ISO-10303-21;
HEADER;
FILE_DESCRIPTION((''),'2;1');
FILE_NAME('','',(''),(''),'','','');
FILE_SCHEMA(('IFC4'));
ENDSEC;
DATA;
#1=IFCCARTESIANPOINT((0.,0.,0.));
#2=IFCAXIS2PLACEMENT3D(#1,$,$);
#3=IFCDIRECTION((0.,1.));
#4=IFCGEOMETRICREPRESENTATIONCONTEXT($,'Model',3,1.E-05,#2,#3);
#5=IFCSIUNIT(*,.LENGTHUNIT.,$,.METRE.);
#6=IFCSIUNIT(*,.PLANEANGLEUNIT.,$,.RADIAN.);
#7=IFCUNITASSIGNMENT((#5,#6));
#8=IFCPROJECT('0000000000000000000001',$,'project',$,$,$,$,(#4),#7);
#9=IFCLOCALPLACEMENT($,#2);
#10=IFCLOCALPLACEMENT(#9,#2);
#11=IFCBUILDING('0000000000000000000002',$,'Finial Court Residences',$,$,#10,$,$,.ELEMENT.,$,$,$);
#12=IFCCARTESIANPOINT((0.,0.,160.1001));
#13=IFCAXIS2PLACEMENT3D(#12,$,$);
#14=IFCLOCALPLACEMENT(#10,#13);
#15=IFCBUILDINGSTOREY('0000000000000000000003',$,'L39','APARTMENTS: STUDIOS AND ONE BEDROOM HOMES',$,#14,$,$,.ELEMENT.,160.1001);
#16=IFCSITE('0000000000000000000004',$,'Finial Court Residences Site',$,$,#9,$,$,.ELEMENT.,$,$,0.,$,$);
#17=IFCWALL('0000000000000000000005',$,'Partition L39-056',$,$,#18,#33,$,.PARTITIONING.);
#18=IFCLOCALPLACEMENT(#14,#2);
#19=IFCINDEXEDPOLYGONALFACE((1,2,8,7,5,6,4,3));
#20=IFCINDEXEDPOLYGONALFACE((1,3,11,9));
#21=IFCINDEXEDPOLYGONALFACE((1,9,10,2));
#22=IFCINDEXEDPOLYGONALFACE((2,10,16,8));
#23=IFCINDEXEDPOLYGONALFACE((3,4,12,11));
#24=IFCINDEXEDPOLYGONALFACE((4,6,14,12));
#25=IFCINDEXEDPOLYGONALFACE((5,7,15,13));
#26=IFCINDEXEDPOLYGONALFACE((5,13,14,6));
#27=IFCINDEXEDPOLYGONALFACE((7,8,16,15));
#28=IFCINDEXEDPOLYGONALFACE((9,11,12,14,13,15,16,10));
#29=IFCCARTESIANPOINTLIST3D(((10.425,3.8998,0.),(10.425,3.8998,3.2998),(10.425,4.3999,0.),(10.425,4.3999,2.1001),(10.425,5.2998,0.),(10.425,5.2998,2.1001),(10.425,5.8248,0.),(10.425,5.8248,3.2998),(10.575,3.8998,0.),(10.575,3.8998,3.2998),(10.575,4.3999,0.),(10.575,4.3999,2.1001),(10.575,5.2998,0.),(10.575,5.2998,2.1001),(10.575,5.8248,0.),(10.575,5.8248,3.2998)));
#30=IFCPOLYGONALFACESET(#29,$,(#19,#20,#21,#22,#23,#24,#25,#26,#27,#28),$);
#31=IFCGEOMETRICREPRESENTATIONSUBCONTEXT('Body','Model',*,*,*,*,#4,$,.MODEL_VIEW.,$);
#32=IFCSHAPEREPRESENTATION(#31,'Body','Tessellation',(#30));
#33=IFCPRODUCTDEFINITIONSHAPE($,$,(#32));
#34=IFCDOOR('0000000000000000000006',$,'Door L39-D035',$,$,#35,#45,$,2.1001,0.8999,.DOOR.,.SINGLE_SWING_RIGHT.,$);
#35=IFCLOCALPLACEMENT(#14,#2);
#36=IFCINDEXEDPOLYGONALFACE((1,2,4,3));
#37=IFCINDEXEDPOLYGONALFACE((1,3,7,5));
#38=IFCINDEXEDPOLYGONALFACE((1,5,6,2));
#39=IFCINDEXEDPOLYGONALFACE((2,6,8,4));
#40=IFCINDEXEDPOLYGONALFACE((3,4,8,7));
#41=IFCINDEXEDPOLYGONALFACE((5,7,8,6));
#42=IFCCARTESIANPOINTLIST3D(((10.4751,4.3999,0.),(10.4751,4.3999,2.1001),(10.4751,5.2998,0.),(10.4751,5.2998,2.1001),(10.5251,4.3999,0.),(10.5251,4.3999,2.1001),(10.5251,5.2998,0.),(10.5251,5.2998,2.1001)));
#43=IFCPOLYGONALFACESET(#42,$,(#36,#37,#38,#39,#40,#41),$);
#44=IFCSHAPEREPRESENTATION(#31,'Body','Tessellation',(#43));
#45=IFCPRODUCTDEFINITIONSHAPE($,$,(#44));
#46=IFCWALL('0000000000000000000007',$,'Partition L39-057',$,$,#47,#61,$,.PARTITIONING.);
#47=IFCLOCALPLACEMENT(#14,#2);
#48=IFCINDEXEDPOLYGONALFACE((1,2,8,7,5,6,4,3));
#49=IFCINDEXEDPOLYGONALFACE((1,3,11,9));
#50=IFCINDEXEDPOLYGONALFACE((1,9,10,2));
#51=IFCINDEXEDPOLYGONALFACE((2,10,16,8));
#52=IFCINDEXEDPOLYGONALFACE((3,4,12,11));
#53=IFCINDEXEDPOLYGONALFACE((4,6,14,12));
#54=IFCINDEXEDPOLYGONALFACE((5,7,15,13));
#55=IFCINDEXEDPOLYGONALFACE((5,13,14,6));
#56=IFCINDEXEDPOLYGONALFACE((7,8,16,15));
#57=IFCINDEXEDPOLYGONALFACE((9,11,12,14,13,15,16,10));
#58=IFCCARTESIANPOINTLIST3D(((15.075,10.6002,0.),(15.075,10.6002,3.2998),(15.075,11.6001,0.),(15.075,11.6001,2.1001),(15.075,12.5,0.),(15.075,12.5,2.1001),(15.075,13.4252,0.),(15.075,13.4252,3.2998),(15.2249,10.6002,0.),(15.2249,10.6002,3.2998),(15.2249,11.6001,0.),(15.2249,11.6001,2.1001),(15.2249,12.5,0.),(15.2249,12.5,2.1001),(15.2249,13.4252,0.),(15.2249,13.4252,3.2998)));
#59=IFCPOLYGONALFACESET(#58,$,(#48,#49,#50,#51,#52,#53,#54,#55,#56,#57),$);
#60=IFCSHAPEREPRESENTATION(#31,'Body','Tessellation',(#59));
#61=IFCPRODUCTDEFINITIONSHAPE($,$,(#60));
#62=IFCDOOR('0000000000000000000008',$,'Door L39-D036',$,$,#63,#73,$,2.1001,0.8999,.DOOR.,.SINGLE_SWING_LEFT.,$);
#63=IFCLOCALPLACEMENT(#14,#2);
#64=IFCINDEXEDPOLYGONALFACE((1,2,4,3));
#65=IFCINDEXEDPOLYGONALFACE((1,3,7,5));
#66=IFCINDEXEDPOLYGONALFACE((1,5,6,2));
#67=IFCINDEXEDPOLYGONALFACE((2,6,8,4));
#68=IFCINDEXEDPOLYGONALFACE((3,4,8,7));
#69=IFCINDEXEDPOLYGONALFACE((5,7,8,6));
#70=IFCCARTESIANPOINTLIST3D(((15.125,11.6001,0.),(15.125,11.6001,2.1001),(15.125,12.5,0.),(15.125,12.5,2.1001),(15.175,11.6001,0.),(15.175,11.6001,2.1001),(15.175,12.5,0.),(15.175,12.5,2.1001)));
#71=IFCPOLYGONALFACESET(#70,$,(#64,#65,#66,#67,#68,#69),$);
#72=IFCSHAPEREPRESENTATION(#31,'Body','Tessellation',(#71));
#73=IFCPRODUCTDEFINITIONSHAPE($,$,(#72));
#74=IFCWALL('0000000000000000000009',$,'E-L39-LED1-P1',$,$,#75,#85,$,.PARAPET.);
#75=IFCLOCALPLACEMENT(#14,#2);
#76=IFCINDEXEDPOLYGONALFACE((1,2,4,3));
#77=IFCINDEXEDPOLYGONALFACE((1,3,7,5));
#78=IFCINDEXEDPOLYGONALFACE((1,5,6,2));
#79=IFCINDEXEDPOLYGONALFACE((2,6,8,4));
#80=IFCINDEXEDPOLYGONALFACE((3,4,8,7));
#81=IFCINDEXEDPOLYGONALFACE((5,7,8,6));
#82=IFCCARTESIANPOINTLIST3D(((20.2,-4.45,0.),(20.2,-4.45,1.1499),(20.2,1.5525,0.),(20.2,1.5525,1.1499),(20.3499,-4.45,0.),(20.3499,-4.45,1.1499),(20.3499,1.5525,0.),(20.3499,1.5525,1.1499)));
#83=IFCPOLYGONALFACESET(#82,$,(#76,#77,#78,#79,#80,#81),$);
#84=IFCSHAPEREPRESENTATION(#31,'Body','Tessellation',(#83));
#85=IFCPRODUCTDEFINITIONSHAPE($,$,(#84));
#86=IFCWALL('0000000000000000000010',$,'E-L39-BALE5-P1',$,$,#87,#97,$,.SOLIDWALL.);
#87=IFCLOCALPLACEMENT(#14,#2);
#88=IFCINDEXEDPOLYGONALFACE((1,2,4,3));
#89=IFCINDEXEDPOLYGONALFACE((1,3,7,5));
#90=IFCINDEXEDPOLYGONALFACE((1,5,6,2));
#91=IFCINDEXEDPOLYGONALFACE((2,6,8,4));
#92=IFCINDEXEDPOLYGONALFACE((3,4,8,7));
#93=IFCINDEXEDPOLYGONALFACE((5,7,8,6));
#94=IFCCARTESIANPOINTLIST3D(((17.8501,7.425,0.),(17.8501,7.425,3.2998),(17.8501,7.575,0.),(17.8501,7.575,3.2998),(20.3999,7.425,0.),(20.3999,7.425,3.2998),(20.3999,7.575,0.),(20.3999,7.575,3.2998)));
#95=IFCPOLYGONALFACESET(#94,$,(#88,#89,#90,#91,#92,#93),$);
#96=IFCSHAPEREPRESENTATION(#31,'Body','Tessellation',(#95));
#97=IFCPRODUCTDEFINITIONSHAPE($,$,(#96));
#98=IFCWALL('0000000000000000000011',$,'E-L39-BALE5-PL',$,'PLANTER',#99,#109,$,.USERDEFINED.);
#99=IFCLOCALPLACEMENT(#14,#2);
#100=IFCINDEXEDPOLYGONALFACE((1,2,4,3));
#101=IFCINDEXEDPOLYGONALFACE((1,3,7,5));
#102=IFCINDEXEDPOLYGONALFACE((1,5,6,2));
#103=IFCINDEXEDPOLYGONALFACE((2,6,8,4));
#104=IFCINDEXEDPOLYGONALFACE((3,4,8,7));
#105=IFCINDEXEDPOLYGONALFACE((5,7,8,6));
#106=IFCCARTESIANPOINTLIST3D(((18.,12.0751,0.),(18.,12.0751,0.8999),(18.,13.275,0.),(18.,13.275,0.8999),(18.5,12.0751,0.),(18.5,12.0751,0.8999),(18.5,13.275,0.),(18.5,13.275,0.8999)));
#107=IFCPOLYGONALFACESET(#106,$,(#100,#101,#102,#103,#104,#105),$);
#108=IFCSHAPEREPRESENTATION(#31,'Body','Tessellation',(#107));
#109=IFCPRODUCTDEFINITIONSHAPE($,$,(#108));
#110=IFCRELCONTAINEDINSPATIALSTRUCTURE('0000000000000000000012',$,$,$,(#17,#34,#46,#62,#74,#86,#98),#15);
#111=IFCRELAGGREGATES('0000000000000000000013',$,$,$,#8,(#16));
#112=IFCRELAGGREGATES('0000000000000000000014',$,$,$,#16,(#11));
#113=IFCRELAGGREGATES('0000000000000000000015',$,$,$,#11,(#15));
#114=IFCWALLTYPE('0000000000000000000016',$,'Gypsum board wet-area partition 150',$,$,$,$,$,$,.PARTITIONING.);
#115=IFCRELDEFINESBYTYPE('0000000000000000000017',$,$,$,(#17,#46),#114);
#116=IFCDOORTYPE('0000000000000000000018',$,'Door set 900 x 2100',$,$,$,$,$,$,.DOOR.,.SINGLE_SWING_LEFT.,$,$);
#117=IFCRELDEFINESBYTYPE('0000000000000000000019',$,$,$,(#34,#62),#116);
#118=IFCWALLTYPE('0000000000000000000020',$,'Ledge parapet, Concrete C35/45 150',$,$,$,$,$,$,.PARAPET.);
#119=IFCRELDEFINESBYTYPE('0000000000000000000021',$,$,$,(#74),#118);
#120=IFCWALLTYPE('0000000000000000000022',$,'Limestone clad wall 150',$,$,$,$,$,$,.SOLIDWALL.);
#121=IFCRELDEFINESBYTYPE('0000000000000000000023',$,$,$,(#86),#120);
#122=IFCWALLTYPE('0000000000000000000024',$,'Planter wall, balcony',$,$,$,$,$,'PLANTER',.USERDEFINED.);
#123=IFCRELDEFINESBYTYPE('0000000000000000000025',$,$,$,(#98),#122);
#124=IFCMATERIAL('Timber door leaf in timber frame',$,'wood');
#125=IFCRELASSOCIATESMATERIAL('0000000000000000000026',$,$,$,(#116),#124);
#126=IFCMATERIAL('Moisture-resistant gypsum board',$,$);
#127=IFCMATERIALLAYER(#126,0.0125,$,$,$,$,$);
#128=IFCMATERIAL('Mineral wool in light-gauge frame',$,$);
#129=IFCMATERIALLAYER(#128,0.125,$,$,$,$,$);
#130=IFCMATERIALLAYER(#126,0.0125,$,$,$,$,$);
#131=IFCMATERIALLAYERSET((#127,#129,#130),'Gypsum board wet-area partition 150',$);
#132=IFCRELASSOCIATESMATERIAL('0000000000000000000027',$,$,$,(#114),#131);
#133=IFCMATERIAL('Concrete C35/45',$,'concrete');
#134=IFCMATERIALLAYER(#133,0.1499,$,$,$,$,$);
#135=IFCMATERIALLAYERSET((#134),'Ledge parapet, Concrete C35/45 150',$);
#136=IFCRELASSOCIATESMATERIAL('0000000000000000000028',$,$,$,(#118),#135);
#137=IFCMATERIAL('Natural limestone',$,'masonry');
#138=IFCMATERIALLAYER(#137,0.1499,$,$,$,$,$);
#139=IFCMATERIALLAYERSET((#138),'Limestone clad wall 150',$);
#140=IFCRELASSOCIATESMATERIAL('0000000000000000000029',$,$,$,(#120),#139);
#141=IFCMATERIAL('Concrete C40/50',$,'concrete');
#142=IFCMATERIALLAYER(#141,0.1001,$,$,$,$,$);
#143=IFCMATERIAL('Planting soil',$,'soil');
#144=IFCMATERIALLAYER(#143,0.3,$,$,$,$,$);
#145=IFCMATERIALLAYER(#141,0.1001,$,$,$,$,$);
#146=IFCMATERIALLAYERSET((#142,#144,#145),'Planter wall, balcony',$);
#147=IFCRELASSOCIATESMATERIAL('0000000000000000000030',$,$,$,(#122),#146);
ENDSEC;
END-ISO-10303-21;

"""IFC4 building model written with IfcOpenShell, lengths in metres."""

from ifc_helpers import new_model, si_unit, direction, frame, frame_2d, origin, place, context, subcontext, project, spatial, rectangle, extrude, material, layer, layer_set, type_object, element, fill, save


model = new_model("IFC4")

# Units and contexts
model_context = context("Model", 3, precision=1e-05, world=origin(), true_north=direction((0.0, 1.0)))
body_context = subcontext(model_context, "Body", "Model", "MODEL_VIEW")
ifc_project = project(units=[si_unit("LENGTHUNIT", "METRE"), si_unit("PLANEANGLEUNIT", "RADIAN")], contexts=[model_context])

# Site, building, storey
site_placement = place(None, origin())
site = spatial("IfcSite", under=ifc_project, at=site_placement, Name="Finial Court Residences Site", CompositionType="ELEMENT", RefElevation=0.0)
building_placement = place(site_placement, origin())
building = spatial("IfcBuilding", under=site, at=building_placement, Name="Finial Court Residences", CompositionType="ELEMENT")
storey_placement = place(building_placement, frame((0.0, 0.0, 160.1001)))
storey = spatial("IfcBuildingStorey", under=building, at=storey_placement, Name="L39", Description="APARTMENTS: STUDIOS AND ONE BEDROOM HOMES", CompositionType="ELEMENT", Elevation=160.1001)

# Walls, openings, doors
ifc_material_1 = material(Name="Mineral wool in light-gauge frame")
ifc_material_2 = material(Name="Timber door leaf in timber frame", Category="wood")
door_type_1 = type_object("IfcDoorType", Name="Door set 900 x 2100", OperationType="SINGLE_SWING_LEFT", PredefinedType="DOOR", material=ifc_material_2)
ifc_material_3 = material(Name="Moisture-resistant gypsum board")
ifc_layer_1 = layer(ifc_material_3, 0.0125)
ifc_layer_2 = layer(ifc_material_1, 0.125)
ifc_layer_3 = layer(ifc_material_3, 0.0125)
ifc_layer_set_1 = layer_set([ifc_layer_1, ifc_layer_2, ifc_layer_3], Name="Gypsum board wet-area partition 150")
wall_type_1 = type_object("IfcWallType", Name="Gypsum board wet-area partition 150", PredefinedType="PARTITIONING", material=ifc_layer_set_1)
wall_1_placement = place(storey_placement, frame((10.5, 3.8999, 0.0), z_axis=(0.0, 0.0, 1.0), x_axis=(0.0, 1.0, 0.0)))
wall_1 = element("IfcWall", 1, at=wall_1_placement, inside=storey, type_object=wall_type_1, Name="Partition L39-056", PredefinedType="PARTITIONING", context=body_context, shape_type="SweptSolid", body=[
    extrude(rectangle(XDim=1.925, YDim=0.1499, at=frame_2d((0.9624, 0.0))), origin(), (0.0, 0.0, 1.0), 3.2998),
])
opening_1_placement = place(wall_1_placement, frame((0.5, 0.0, 0.0)))
opening_1 = element("IfcOpeningElement", 2, at=opening_1_placement, cuts=wall_1, PredefinedType="OPENING", context=body_context, shape_type="SweptSolid", body=[
    extrude(rectangle(XDim=0.8999, YDim=2.1001, at=frame_2d((0.45, 1.05))), frame((0.0, 0.085, 0.0), z_axis=(0.0, -1.0, 0.0), x_axis=(1.0, 0.0, 0.0)), (0.0, 0.0, 1.0), 0.1699),
])
door_1_placement = place(opening_1_placement, origin())
door_1 = element("IfcDoor", 3, at=door_1_placement, inside=storey, type_object=door_type_1, Name="Door L39-D035", OperationType="SINGLE_SWING_RIGHT", OverallHeight=2.1001, OverallWidth=0.8999, PredefinedType="DOOR", context=body_context, shape_type="SweptSolid", body=[
    extrude(rectangle(XDim=0.8999, YDim=2.1001, at=frame_2d((0.45, 1.05))), frame((0.0, 0.0249, 0.0), z_axis=(0.0, -1.0, 0.0), x_axis=(1.0, 0.0, 0.0)), (0.0, 0.0, 1.0), 0.05),
])
fill(opening_1, door_1)
wall_2_placement = place(storey_placement, frame((15.1499, 10.6001, 0.0), z_axis=(0.0, 0.0, 1.0), x_axis=(0.0, 1.0, 0.0)))
wall_2 = element("IfcWall", 4, at=wall_2_placement, inside=storey, type_object=wall_type_1, Name="Partition L39-057", PredefinedType="PARTITIONING", context=body_context, shape_type="SweptSolid", body=[
    extrude(rectangle(XDim=2.825, YDim=0.1499, at=frame_2d((1.4126, 0.0))), origin(), (0.0, 0.0, 1.0), 3.2998),
])
opening_2_placement = place(wall_2_placement, frame((1.0, 0.0, 0.0)))
opening_2 = element("IfcOpeningElement", 5, at=opening_2_placement, cuts=wall_2, PredefinedType="OPENING", context=body_context, shape_type="SweptSolid", body=[
    extrude(rectangle(XDim=0.8999, YDim=2.1001, at=frame_2d((0.45, 1.05))), frame((0.0, 0.085, 0.0), z_axis=(0.0, -1.0, 0.0), x_axis=(1.0, 0.0, 0.0)), (0.0, 0.0, 1.0), 0.1699),
])
door_2_placement = place(opening_2_placement, origin())
door_2 = element("IfcDoor", 6, at=door_2_placement, inside=storey, type_object=door_type_1, Name="Door L39-D036", OperationType="SINGLE_SWING_LEFT", OverallHeight=2.1001, OverallWidth=0.8999, PredefinedType="DOOR", context=body_context, shape_type="SweptSolid", body=[
    extrude(rectangle(XDim=0.8999, YDim=2.1001, at=frame_2d((0.45, 1.05))), frame((0.0, 0.0249, 0.0), z_axis=(0.0, -1.0, 0.0), x_axis=(1.0, 0.0, 0.0)), (0.0, 0.0, 1.0), 0.05),
])
fill(opening_2, door_2)

# Walls
ifc_material_4 = material(Name="Concrete C35/45", Category="concrete")
ifc_layer_4 = layer(ifc_material_4, 0.1499)
ifc_layer_set_2 = layer_set([ifc_layer_4], Name="Ledge parapet, Concrete C35/45 150")
wall_type_2 = type_object("IfcWallType", Name="Ledge parapet, Concrete C35/45 150", PredefinedType="PARAPET", material=ifc_layer_set_2)
wall_3_placement = place(storey_placement, frame((20.2749, 1.5525, 0.0), z_axis=(0.0, 0.0, 1.0), x_axis=(0.0, -1.0, 0.0)))
element("IfcWall", 7, at=wall_3_placement, inside=storey, type_object=wall_type_2, Name="E-L39-LED1-P1", PredefinedType="PARAPET", context=body_context, shape_type="SweptSolid", body=[
    extrude(rectangle(XDim=6.0024, YDim=0.1499, at=frame_2d((3.0012, 0.0))), origin(), (0.0, 0.0, 1.0), 1.1499),
])
ifc_material_5 = material(Name="Natural limestone", Category="masonry")
ifc_layer_5 = layer(ifc_material_5, 0.1499)
ifc_layer_set_3 = layer_set([ifc_layer_5], Name="Limestone clad wall 150")
wall_type_3 = type_object("IfcWallType", Name="Limestone clad wall 150", PredefinedType="SOLIDWALL", material=ifc_layer_set_3)
wall_4_placement = place(storey_placement, frame((17.8501, 7.5, 0.0), z_axis=(0.0, 0.0, 1.0), x_axis=(1.0, 0.0, 0.0)))
element("IfcWall", 8, at=wall_4_placement, inside=storey, type_object=wall_type_3, Name="E-L39-BALE5-P1", PredefinedType="SOLIDWALL", context=body_context, shape_type="SweptSolid", body=[
    extrude(rectangle(XDim=2.5498, YDim=0.1499, at=frame_2d((1.2749, 0.0))), origin(), (0.0, 0.0, 1.0), 3.2998),
])

# Wall
ifc_material_6 = material(Name="Concrete C40/50", Category="concrete")
ifc_layer_6 = layer(ifc_material_6, 0.1001)
ifc_material_7 = material(Name="Planting soil", Category="soil")
ifc_layer_7 = layer(ifc_material_7, 0.3)
ifc_layer_8 = layer(ifc_material_6, 0.1001)
ifc_layer_set_4 = layer_set([ifc_layer_6, ifc_layer_7, ifc_layer_8], Name="Planter wall, balcony")
wall_type_4 = type_object("IfcWallType", Name="Planter wall, balcony", ElementType="PLANTER", PredefinedType="USERDEFINED", material=ifc_layer_set_4)
wall_5_placement = place(storey_placement, frame((18.25, 12.075, 0.0), z_axis=(0.0, 0.0, 1.0), x_axis=(0.0, 1.0, 0.0)))
element("IfcWall", 9, at=wall_5_placement, inside=storey, type_object=wall_type_4, Name="E-L39-BALE5-PL", ObjectType="PLANTER", PredefinedType="USERDEFINED", context=body_context, shape_type="SweptSolid", body=[
    extrude(rectangle(XDim=1.2, YDim=0.5, at=frame_2d((0.6001, 0.0))), origin(), (0.0, 0.0, 1.0), 0.8999),
])

save(model, "model.ifc")
